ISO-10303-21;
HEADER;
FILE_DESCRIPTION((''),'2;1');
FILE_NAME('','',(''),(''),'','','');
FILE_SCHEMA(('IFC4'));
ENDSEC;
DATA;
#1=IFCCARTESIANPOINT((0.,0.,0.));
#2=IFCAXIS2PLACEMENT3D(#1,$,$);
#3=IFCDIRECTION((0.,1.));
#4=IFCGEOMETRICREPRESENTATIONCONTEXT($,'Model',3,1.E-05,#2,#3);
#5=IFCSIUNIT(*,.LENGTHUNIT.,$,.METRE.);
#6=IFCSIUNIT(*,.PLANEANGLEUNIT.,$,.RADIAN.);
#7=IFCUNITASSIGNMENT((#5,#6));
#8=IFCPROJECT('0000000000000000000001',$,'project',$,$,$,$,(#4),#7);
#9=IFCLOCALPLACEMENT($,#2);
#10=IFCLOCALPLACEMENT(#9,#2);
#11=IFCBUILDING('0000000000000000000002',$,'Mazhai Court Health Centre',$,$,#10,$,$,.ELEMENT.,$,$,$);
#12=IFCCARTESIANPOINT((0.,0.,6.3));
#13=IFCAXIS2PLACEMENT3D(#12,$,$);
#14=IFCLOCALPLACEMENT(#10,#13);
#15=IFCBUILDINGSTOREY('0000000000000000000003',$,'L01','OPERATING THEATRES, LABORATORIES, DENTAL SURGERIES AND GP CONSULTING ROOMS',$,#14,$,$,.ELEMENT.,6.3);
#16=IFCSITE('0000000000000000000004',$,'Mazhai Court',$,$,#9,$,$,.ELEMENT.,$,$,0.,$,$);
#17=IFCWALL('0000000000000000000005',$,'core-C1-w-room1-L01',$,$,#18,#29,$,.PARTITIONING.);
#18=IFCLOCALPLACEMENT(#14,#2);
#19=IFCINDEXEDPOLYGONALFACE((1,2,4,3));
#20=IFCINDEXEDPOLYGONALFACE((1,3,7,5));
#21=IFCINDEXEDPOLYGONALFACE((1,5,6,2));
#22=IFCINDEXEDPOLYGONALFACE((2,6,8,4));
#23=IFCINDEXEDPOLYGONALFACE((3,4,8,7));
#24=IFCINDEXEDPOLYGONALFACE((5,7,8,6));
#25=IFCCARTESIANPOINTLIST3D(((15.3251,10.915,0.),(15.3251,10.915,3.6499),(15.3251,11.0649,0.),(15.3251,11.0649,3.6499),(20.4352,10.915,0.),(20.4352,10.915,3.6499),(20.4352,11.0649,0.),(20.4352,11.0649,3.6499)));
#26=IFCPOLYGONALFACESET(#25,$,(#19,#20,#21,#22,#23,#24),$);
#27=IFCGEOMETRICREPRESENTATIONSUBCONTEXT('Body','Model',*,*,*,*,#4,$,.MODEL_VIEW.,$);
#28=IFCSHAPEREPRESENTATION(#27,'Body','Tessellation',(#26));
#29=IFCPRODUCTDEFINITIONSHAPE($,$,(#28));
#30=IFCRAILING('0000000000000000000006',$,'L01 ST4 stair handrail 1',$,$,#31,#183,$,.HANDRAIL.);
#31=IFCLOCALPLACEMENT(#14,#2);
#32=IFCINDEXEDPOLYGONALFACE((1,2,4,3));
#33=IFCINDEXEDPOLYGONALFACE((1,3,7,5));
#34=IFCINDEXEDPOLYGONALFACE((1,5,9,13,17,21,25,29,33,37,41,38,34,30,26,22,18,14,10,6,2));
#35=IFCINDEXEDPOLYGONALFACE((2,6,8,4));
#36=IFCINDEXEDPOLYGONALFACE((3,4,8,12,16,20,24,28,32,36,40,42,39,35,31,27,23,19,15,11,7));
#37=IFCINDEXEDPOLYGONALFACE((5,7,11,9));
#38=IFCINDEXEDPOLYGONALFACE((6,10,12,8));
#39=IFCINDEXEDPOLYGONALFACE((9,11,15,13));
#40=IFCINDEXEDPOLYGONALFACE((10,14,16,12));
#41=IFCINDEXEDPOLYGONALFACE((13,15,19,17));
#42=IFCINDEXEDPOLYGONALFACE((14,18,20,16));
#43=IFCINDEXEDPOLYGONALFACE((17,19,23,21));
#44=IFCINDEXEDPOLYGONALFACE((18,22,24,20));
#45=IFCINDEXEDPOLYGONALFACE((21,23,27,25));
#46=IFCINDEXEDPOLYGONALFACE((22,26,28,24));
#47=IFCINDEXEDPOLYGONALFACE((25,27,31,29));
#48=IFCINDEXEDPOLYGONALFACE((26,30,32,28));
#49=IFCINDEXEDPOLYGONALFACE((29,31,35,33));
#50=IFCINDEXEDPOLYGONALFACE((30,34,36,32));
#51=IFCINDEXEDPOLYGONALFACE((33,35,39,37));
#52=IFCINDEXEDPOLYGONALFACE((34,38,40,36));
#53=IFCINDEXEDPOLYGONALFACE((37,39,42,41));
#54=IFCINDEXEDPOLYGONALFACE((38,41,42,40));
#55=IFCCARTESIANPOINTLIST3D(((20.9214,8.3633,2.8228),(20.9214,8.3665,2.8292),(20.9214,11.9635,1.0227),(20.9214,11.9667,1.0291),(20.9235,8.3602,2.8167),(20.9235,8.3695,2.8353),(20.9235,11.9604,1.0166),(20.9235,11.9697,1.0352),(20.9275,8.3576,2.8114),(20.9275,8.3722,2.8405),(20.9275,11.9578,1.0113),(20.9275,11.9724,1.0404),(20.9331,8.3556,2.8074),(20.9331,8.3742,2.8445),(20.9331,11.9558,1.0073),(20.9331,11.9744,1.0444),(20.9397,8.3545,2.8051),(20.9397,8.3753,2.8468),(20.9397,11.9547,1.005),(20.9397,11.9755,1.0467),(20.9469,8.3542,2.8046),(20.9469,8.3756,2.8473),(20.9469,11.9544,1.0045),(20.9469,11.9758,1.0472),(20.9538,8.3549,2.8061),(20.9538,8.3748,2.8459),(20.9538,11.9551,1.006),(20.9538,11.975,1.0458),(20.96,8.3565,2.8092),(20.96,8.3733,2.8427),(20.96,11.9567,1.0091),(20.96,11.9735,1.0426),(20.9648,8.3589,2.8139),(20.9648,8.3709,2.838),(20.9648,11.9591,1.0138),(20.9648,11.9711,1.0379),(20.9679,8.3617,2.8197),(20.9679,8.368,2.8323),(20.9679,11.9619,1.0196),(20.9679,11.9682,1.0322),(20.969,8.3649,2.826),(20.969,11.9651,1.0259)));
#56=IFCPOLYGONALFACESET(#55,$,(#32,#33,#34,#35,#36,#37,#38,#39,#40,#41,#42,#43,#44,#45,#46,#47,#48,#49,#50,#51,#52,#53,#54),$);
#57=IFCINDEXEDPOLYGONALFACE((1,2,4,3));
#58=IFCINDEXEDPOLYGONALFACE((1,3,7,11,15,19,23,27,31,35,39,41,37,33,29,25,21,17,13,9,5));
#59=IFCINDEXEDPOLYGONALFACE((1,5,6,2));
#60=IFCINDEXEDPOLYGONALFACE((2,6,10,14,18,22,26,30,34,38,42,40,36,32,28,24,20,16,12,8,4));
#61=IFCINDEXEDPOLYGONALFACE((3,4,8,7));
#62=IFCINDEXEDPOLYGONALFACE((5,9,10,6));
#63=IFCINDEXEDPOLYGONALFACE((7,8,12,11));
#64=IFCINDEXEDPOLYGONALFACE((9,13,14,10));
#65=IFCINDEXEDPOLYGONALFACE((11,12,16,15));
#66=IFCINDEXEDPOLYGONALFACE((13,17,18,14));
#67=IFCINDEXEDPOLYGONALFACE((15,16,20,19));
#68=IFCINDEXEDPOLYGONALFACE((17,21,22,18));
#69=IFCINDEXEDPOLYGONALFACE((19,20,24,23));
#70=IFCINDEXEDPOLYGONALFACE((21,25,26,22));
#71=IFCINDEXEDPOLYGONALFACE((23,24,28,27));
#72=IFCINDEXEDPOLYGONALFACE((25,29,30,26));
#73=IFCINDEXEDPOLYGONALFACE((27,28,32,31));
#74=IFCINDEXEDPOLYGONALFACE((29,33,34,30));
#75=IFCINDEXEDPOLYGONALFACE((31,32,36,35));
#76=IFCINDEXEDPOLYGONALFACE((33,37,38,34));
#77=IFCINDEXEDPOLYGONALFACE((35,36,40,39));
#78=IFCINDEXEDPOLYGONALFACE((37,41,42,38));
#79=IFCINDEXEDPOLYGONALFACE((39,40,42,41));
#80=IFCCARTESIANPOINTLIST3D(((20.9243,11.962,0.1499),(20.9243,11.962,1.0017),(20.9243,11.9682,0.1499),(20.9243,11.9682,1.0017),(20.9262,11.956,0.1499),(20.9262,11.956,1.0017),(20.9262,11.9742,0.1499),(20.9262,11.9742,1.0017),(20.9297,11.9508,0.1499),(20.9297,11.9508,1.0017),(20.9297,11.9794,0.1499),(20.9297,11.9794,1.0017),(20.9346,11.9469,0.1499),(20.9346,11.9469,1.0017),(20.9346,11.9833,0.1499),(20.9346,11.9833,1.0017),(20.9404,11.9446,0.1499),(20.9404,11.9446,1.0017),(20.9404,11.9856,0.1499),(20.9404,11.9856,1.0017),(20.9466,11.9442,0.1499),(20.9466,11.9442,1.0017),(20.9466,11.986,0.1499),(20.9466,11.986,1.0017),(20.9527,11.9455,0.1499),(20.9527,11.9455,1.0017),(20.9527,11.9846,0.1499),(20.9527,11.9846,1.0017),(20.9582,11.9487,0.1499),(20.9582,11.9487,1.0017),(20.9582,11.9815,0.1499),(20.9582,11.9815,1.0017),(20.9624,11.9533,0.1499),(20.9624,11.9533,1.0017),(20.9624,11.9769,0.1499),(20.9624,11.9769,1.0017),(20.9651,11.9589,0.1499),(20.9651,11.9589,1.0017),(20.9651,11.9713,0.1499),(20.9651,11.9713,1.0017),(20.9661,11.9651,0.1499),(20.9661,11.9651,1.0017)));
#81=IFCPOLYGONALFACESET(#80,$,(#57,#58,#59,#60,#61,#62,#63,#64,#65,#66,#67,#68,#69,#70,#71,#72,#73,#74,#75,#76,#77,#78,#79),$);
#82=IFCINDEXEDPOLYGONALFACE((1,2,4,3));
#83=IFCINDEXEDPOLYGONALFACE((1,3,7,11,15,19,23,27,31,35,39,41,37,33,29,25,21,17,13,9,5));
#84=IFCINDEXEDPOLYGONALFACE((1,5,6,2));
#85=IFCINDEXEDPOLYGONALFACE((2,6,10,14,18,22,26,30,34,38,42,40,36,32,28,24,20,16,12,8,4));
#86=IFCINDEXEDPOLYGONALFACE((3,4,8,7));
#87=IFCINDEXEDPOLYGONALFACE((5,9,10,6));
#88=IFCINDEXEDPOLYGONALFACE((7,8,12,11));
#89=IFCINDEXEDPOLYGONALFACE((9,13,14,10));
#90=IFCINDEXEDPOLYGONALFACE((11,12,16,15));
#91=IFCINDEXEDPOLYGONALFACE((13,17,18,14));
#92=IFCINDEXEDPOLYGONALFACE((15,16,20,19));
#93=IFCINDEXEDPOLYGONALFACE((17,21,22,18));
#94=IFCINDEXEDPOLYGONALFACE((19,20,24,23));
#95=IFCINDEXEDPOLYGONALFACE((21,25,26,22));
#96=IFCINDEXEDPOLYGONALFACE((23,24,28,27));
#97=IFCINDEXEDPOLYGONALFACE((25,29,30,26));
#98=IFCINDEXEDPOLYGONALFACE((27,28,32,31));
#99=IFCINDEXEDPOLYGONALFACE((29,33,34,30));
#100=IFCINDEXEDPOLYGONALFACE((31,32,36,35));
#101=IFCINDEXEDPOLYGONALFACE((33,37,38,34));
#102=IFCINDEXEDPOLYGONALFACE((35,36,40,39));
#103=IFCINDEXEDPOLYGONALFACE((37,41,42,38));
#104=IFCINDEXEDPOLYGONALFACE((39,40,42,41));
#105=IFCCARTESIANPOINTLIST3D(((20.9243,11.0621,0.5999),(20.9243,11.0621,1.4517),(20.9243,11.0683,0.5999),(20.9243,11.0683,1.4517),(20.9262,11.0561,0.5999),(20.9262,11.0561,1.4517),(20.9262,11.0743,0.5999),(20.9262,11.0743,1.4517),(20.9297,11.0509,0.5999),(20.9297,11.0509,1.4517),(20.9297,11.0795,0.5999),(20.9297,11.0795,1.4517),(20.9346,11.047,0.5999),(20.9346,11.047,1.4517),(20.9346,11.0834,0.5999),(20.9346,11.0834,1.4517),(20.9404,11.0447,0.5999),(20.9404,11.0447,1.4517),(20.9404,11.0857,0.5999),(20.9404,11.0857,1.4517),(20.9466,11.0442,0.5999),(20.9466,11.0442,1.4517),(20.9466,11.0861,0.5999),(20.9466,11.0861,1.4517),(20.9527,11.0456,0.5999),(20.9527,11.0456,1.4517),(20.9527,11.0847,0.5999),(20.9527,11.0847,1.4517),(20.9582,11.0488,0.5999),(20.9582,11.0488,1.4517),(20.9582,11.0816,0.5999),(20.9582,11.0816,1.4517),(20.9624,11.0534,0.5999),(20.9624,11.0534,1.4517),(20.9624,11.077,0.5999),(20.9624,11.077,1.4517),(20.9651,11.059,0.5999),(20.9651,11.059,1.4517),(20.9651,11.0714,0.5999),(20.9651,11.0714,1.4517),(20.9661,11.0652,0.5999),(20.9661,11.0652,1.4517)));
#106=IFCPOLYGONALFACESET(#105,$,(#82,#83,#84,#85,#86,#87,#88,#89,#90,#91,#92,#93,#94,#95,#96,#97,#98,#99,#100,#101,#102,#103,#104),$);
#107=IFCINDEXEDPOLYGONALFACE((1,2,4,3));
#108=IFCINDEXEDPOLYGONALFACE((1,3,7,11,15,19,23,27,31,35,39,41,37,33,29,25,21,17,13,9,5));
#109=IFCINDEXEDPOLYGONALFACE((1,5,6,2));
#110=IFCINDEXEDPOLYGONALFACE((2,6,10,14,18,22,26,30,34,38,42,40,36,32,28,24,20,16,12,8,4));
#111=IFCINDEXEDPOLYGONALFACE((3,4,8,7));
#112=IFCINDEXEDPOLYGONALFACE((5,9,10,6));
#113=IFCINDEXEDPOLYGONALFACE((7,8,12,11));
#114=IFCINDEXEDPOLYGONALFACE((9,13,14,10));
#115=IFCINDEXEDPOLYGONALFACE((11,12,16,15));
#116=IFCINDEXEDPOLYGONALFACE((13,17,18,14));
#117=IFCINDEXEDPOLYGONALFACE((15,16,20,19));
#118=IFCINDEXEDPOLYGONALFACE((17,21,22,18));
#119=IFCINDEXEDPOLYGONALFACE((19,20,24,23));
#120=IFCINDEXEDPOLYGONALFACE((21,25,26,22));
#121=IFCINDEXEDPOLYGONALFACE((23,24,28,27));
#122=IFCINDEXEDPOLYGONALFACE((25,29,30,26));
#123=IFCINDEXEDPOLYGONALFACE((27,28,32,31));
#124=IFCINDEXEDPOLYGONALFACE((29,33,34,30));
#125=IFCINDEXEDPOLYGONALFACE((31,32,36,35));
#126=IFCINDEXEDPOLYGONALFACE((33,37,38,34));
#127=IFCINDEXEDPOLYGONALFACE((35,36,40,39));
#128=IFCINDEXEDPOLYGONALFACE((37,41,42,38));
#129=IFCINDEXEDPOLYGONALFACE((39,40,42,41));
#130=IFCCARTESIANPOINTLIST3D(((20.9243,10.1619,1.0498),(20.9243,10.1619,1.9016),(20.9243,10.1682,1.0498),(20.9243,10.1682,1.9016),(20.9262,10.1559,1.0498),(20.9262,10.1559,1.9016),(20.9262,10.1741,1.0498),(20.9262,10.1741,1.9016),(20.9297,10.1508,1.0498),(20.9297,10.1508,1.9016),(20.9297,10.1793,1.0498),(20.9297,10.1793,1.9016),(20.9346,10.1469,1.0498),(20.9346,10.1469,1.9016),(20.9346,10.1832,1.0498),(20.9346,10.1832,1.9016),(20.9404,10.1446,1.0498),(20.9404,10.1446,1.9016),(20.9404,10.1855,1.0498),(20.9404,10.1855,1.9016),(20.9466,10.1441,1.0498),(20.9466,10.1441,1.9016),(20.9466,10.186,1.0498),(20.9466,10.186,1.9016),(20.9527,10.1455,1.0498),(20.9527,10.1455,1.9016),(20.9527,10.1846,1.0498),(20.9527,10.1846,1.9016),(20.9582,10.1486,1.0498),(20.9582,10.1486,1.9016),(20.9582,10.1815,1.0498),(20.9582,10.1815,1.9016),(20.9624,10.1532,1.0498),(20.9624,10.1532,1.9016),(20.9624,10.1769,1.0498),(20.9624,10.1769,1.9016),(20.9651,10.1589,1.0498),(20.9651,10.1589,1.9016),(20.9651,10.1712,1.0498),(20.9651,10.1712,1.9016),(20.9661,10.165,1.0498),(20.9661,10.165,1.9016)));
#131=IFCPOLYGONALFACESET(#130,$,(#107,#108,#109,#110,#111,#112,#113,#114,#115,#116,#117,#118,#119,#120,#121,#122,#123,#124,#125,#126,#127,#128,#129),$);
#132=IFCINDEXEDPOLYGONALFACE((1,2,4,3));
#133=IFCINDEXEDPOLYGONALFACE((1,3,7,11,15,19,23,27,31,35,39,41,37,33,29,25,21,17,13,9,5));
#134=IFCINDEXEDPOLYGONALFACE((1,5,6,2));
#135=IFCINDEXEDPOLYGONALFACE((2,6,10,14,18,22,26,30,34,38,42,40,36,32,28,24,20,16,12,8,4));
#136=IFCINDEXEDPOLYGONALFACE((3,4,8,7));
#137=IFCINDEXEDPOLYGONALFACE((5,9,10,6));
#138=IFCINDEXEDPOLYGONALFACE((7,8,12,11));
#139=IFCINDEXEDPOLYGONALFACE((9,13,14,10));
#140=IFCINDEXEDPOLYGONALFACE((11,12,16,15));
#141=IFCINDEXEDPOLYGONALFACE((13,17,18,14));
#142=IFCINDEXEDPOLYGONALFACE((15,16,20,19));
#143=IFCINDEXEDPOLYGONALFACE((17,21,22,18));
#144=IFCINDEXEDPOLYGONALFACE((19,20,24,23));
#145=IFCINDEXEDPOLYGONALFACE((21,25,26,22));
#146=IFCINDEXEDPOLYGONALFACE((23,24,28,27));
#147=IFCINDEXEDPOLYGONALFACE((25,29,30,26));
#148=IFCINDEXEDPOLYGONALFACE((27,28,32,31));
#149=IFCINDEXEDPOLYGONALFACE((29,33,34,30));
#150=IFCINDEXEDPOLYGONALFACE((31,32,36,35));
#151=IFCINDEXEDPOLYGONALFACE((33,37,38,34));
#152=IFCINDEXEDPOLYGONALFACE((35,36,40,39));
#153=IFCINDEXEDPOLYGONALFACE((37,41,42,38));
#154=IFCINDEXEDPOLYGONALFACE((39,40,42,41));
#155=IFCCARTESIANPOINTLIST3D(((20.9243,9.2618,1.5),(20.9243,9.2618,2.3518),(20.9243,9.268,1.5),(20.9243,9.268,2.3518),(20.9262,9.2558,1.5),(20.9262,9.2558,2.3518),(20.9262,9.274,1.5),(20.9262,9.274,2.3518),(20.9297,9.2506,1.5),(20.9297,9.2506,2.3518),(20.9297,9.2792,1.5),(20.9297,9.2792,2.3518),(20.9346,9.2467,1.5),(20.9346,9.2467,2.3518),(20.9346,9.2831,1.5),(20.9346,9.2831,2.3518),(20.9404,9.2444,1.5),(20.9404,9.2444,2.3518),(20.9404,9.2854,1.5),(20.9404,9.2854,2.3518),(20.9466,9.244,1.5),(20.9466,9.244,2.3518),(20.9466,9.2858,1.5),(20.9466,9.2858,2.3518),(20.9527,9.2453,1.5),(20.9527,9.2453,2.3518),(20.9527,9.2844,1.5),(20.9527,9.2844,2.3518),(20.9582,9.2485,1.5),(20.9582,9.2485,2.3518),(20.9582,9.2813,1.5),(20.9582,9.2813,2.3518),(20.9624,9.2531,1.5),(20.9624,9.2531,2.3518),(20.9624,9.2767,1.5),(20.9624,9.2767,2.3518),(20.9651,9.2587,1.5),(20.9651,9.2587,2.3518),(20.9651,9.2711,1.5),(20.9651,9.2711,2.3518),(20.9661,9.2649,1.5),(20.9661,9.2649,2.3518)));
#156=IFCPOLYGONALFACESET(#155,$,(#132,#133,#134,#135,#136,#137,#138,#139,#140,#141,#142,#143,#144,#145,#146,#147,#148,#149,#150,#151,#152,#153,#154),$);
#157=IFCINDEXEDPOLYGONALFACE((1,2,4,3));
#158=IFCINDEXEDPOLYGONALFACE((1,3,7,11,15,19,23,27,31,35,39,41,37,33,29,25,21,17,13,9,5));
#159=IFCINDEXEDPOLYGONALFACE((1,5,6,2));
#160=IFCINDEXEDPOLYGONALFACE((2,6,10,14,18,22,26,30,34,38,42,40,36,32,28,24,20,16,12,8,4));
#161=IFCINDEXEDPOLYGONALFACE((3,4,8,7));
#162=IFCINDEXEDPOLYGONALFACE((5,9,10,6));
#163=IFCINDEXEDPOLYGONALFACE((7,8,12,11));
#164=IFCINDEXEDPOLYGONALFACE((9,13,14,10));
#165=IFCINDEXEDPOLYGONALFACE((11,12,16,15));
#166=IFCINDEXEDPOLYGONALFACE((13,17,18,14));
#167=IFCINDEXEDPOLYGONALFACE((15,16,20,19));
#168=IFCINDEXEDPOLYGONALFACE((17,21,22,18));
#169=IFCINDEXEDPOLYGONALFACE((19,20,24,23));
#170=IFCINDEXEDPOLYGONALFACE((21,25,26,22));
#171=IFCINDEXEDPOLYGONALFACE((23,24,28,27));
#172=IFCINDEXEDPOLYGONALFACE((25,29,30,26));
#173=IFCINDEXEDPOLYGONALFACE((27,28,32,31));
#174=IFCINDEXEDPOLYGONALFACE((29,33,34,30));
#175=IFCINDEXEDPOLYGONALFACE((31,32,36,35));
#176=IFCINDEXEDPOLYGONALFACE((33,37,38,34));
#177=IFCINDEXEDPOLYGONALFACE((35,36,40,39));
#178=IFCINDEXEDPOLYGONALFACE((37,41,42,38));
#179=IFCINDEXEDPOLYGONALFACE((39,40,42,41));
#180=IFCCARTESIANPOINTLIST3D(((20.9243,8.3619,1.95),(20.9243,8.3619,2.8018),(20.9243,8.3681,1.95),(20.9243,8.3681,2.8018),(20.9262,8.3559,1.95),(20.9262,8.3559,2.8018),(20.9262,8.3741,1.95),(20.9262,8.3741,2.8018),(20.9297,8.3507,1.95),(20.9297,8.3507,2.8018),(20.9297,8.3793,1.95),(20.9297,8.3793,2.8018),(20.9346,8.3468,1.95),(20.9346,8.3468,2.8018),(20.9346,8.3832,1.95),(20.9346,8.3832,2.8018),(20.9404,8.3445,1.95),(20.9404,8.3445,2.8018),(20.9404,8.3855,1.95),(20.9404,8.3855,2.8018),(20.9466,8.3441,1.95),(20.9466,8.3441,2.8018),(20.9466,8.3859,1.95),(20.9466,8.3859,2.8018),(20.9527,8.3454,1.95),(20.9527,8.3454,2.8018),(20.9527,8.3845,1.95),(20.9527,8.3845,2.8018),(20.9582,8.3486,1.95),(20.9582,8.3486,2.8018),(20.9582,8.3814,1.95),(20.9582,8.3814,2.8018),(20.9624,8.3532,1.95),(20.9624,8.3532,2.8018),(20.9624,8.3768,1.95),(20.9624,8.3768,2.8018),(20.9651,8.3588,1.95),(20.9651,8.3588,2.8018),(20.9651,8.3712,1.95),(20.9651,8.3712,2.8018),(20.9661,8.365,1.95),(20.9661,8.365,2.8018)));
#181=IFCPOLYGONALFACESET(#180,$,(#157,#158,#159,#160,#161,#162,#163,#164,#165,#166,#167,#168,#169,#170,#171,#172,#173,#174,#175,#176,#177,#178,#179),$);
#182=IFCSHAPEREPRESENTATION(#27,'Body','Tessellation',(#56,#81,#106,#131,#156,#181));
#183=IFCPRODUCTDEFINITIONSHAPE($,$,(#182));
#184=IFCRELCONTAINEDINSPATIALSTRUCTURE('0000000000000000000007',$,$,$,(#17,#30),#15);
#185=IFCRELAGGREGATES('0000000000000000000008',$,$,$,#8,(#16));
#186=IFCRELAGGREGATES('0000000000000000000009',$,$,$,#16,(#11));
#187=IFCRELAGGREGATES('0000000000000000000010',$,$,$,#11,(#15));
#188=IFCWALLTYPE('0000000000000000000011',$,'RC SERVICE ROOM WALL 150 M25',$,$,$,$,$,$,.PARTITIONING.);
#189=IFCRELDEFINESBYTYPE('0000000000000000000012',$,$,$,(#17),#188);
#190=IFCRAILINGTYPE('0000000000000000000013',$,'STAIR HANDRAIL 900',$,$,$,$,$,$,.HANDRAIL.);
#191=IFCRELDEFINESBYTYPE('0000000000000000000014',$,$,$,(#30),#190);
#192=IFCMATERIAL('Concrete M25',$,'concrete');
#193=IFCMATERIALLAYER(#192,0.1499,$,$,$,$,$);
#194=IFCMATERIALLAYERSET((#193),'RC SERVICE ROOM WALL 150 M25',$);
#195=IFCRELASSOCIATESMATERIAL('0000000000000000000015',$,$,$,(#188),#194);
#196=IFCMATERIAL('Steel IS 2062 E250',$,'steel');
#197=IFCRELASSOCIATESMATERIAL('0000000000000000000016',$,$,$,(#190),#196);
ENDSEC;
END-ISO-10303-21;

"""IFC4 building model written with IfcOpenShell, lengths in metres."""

from ifc_helpers import new_model, si_unit, direction, frame, frame_2d, origin, origin_2d, place, context, subcontext, project, spatial, rectangle, circle, extrude, material, layer, layer_set, type_object, element, save


model = new_model("IFC4")

# Units and contexts
model_context = context("Model", 3, precision=1e-05, world=origin(), true_north=direction((0.0, 1.0)))
body_context = subcontext(model_context, "Body", "Model", "MODEL_VIEW")
ifc_project = project(units=[si_unit("LENGTHUNIT", "METRE"), si_unit("PLANEANGLEUNIT", "RADIAN")], contexts=[model_context])

# Site, building, storey
site_placement = place(None, origin())
site = spatial("IfcSite", under=ifc_project, at=site_placement, Name="Mazhai Court", CompositionType="ELEMENT", RefElevation=0.0)
building_placement = place(site_placement, origin())
building = spatial("IfcBuilding", under=site, at=building_placement, Name="Mazhai Court Health Centre", CompositionType="ELEMENT")
storey_placement = place(building_placement, frame((0.0, 0.0, 6.3)))
storey = spatial("IfcBuildingStorey", under=building, at=storey_placement, Name="L01", Description="OPERATING THEATRES, LABORATORIES, DENTAL SURGERIES AND GP CONSULTING ROOMS", CompositionType="ELEMENT", Elevation=6.3)

# Wall
ifc_material_1 = material(Name="Concrete M25", Category="concrete")
ifc_layer_1 = layer(ifc_material_1, 0.1499)
ifc_layer_set_1 = layer_set([ifc_layer_1], Name="RC SERVICE ROOM WALL 150 M25")
wall_type_1 = type_object("IfcWallType", Name="RC SERVICE ROOM WALL 150 M25", PredefinedType="PARTITIONING", material=ifc_layer_set_1)
for number, where, z_axis, x_axis, name in (
    (1, (15.325, 10.99, 0.0), (0.0, 0.0, 1.0), (1.0, 0.0, 0.0), "core-C1-w-room1-L01"),
):
    element("IfcWall", number, at=place(storey_placement, frame(where, z_axis=z_axis, x_axis=x_axis)), inside=storey, type_object=wall_type_1, Name=name, PredefinedType="PARTITIONING", context=body_context, shape_type="SweptSolid", body=[
        extrude(rectangle(XDim=5.1101, YDim=0.1499, at=frame_2d((2.5552, 0.0))), origin(), (0.0, 0.0, 1.0), 3.6499),
    ])

# Railing
ifc_material_2 = material(Name="Steel IS 2062 E250", Category="steel")
railing_type = type_object("IfcRailingType", Name="STAIR HANDRAIL 900", PredefinedType="HANDRAIL", material=ifc_material_2)
railing_placement = place(storey_placement, frame((20.9451, 11.9651, 0.1499)))
element("IfcRailing", 2, at=railing_placement, inside=storey, type_object=railing_type, Name="L01 ST4 stair handrail 1", PredefinedType="HANDRAIL", context=body_context, shape_type="SweptSolid", body=[
    extrude(circle(Radius=0.0239, at=origin_2d()), frame((0.0, 0.0, 0.876), z_axis=(0.0, -0.894427, 0.447214), x_axis=(1.0, 0.0, 0.0)), (0.0, 0.0, 1.0), 4.0251),
    extrude(circle(Radius=0.021, at=origin_2d()), origin(), (0.0, 0.0, 1.0), 0.8518),
    extrude(circle(Radius=0.021, at=origin_2d()), frame((0.0, -0.8999, 0.45)), (0.0, 0.0, 1.0), 0.8518),
    extrude(circle(Radius=0.021, at=origin_2d()), frame((0.0, -1.8, 0.8999)), (0.0, 0.0, 1.0), 0.8518),
    extrude(circle(Radius=0.021, at=origin_2d()), frame((0.0, -2.7002, 1.3501)), (0.0, 0.0, 1.0), 0.8518),
    extrude(circle(Radius=0.021, at=origin_2d()), frame((0.0, -3.6001, 1.8)), (0.0, 0.0, 1.0), 0.8518),
])

save(model, "model.ifc")
